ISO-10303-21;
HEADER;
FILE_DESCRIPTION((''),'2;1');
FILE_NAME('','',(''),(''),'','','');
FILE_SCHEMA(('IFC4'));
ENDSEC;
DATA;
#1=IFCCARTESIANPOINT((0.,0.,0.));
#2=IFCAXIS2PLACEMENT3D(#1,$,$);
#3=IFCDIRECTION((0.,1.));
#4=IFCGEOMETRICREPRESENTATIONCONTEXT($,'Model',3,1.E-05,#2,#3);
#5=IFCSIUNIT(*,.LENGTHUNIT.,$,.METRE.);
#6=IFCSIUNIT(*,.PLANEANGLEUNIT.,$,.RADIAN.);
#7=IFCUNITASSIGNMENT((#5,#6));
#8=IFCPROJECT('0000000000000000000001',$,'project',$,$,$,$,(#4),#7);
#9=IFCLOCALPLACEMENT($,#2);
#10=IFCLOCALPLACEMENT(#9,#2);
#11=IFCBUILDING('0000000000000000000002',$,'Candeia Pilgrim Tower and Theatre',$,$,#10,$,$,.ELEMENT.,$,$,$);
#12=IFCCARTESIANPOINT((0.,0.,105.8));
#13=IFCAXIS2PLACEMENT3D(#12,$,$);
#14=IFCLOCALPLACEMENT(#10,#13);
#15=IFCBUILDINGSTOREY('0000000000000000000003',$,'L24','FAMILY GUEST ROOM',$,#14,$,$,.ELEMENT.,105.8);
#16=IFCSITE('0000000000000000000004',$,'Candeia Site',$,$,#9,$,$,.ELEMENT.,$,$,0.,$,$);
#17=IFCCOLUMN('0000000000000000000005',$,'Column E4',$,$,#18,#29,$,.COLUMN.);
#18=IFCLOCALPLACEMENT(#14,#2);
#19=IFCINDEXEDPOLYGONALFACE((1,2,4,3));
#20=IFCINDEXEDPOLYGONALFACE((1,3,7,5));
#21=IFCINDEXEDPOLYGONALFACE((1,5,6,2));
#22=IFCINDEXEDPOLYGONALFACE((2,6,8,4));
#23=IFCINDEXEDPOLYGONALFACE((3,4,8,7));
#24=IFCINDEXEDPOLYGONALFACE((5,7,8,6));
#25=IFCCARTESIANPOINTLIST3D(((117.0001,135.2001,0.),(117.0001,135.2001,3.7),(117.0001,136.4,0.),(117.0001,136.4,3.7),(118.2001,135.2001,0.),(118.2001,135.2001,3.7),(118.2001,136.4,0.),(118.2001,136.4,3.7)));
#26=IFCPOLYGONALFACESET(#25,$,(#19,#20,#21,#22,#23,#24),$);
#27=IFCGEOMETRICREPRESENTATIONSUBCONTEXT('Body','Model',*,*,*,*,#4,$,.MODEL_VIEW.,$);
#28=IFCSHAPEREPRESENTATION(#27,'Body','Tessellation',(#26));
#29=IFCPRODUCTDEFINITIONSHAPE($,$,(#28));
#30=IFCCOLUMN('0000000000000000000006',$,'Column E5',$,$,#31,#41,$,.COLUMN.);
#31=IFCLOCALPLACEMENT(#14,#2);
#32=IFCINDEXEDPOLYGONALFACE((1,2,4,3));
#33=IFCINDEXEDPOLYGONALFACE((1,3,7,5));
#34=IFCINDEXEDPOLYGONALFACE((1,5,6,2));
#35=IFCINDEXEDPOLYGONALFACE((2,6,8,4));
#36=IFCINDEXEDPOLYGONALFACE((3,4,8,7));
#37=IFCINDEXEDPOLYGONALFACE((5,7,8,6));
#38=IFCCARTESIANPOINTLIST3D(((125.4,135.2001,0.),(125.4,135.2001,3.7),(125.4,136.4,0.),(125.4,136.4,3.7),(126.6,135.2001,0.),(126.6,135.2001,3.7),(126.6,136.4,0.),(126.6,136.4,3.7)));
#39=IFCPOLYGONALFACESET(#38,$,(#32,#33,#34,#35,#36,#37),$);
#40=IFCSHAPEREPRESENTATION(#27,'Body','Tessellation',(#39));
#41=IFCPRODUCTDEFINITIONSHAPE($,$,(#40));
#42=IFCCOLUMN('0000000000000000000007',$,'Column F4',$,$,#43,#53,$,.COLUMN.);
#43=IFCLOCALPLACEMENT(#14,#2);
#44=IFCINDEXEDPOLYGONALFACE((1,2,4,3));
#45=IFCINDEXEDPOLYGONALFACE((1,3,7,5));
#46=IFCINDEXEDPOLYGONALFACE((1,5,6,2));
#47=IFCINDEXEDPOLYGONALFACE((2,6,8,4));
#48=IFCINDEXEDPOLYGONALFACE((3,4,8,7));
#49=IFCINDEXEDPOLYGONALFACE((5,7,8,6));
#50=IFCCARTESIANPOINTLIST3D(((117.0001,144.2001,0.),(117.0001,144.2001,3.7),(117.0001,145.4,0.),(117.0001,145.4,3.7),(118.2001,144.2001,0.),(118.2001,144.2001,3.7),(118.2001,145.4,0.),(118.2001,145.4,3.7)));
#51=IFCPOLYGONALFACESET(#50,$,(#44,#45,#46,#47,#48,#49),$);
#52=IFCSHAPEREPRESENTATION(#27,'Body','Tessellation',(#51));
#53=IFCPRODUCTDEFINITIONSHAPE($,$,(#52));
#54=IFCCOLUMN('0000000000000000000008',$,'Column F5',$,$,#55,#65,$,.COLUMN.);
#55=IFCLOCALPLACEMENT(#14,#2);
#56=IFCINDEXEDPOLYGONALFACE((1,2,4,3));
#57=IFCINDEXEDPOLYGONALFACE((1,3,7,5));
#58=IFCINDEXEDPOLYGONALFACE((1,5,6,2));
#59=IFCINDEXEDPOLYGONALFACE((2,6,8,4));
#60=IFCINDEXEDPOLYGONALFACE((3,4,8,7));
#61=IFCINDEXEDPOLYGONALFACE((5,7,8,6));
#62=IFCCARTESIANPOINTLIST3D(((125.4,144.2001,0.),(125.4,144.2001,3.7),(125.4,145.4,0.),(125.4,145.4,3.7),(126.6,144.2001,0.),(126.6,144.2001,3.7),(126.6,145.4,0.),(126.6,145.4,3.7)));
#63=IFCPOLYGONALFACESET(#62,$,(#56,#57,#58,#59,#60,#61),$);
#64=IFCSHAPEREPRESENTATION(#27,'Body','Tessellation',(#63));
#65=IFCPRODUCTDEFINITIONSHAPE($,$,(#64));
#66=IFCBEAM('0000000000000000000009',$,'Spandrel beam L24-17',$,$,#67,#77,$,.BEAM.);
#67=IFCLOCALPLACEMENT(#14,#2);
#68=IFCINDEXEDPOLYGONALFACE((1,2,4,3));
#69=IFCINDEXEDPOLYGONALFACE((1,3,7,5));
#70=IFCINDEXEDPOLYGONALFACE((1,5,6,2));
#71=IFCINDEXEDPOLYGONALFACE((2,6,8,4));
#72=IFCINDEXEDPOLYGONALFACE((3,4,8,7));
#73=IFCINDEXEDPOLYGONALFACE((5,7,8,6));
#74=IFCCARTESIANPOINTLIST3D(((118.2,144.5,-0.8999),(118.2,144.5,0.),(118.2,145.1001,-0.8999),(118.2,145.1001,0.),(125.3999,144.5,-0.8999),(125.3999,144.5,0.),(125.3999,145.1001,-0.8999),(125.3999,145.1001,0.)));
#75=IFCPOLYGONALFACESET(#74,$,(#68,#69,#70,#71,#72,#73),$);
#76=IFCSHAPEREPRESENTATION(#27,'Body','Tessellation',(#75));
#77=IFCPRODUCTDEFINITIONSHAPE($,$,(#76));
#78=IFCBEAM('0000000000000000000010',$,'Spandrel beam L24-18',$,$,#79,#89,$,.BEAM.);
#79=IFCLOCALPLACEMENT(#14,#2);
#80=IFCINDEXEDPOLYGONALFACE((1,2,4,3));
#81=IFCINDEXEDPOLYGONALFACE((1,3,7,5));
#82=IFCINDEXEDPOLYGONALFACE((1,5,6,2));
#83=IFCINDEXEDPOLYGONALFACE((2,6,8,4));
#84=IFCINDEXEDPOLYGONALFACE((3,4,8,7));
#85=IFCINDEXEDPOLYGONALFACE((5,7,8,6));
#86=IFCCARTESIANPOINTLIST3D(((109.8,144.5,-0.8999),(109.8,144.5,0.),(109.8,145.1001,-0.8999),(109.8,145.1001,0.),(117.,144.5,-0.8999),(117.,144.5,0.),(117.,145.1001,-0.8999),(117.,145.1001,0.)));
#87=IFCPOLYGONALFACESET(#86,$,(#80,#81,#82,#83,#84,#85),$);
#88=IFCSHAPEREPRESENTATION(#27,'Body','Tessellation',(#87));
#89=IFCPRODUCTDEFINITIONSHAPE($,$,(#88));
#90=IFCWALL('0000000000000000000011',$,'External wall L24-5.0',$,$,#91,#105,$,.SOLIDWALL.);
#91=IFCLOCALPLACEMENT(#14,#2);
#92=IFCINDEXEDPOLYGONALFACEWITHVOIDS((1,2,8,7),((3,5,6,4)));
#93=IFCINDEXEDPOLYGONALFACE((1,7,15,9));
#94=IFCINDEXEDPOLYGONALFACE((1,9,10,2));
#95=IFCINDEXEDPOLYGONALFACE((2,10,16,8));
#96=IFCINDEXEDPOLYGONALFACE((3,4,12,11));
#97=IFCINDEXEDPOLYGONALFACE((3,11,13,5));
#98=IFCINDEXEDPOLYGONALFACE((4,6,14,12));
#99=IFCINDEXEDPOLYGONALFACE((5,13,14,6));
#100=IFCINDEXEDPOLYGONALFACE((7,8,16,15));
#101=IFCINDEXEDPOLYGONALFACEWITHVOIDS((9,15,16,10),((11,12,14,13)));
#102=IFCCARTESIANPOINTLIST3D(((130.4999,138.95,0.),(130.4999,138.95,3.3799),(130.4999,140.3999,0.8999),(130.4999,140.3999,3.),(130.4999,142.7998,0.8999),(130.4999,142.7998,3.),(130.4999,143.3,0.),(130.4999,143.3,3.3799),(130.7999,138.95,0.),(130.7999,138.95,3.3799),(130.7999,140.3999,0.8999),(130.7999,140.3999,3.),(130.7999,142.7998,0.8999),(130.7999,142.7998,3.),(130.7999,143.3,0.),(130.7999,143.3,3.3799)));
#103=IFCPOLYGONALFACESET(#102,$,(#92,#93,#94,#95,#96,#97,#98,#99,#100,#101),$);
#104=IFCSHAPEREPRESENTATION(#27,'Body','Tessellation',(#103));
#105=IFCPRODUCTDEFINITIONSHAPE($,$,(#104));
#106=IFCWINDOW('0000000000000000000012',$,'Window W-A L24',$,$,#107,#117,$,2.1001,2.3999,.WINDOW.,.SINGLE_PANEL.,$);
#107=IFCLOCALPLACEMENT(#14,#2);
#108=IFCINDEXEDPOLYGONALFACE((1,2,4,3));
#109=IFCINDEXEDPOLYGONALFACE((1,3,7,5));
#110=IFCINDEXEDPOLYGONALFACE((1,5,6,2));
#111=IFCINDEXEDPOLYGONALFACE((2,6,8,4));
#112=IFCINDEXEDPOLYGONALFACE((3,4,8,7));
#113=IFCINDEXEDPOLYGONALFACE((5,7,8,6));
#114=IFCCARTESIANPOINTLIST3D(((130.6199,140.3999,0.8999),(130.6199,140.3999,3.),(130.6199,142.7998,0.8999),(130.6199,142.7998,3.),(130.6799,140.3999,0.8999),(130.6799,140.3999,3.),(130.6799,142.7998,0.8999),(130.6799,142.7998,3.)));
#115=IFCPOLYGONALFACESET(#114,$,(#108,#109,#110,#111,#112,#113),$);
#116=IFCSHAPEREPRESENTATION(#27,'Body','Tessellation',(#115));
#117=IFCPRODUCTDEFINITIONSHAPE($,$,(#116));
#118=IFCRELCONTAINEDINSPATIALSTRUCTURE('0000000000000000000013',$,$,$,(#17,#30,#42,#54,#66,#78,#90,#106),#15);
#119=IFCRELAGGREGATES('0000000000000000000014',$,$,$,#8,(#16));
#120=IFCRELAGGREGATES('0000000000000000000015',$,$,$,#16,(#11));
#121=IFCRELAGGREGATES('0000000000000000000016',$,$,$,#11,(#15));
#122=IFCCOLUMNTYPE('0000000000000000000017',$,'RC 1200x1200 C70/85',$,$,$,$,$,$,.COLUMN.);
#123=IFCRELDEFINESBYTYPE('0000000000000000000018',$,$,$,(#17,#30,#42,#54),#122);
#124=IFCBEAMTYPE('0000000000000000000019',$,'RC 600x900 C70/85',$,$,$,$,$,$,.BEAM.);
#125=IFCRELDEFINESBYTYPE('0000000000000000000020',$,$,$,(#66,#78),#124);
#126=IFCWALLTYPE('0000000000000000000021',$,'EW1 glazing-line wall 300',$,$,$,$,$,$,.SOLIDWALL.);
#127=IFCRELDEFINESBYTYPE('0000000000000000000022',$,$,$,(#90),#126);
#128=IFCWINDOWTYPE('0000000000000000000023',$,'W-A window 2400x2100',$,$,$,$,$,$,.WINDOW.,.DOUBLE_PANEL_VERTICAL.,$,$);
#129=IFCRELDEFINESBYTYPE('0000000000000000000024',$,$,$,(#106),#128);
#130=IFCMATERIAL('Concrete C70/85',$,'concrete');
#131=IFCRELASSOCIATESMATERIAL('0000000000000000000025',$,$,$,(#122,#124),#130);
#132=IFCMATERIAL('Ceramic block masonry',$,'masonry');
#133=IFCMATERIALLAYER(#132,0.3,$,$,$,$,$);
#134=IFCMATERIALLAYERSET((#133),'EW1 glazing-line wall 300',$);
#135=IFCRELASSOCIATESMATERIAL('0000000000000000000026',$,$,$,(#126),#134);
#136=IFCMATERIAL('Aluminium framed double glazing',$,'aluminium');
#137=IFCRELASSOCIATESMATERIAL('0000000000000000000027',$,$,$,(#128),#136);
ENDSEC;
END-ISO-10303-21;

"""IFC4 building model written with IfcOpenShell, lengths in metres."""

from ifc_helpers import new_model, si_unit, direction, frame, frame_2d, origin, origin_2d, place, context, subcontext, project, spatial, rectangle, extrude, material, layer, layer_set, material_profile, profile_set, type_object, element, fill, save


model = new_model("IFC4")

# Units and contexts
model_context = context("Model", 3, precision=1e-05, world=origin(), true_north=direction((0.0, 1.0)))
body_context = subcontext(model_context, "Body", "Model", "MODEL_VIEW")
ifc_project = project(units=[si_unit("LENGTHUNIT", "METRE"), si_unit("PLANEANGLEUNIT", "RADIAN")], contexts=[model_context])

# Site, building, storey
site_placement = place(None, origin())
site = spatial("IfcSite", under=ifc_project, at=site_placement, Name="Candeia Site", CompositionType="ELEMENT", RefElevation=0.0)
building_placement = place(site_placement, origin())
building = spatial("IfcBuilding", under=site, at=building_placement, Name="Candeia Pilgrim Tower and Theatre", CompositionType="ELEMENT")
storey_placement = place(building_placement, frame((0.0, 0.0, 105.8)))
storey = spatial("IfcBuildingStorey", under=building, at=storey_placement, Name="L24", Description="FAMILY GUEST ROOM", CompositionType="ELEMENT", Elevation=105.8)

# Columns
ifc_material_1 = material(Name="Concrete C70/85", Category="concrete")
ifc_material_profile_1 = material_profile(ifc_material_1, rectangle(XDim=1.2, YDim=1.2, at=origin_2d()))
ifc_profile_set_1 = profile_set([ifc_material_profile_1], Name="Concrete C70/85")
column_type = type_object("IfcColumnType", Name="RC 1200x1200 C70/85", PredefinedType="COLUMN", material=ifc_profile_set_1)
for number, where, z_axis, x_axis, name in (
    (1, (117.6001, 135.8, 0.0), (0.0, 0.0, 1.0), (1.0, 0.0, 0.0), "Column E4"),
    (2, (126.0, 135.8, 0.0), (0.0, 0.0, 1.0), (1.0, 0.0, 0.0), "Column E5"),
    (3, (117.6001, 144.8, 0.0), (0.0, 0.0, 1.0), (1.0, 0.0, 0.0), "Column F4"),
    (4, (126.0, 144.8, 0.0), (0.0, 0.0, 1.0), (1.0, 0.0, 0.0), "Column F5"),
):
    element("IfcColumn", number, at=place(storey_placement, frame(where, z_axis=z_axis, x_axis=x_axis)), inside=storey, type_object=column_type, Name=name, PredefinedType="COLUMN", context=body_context, shape_type="SweptSolid", body=[
        extrude(rectangle(XDim=1.2, YDim=1.2, at=origin_2d()), origin(), (0.0, 0.0, 1.0), 3.7),
    ])

# Beams
ifc_material_profile_2 = material_profile(ifc_material_1, rectangle(XDim=0.6001, YDim=0.8999, at=origin_2d()))
ifc_profile_set_2 = profile_set([ifc_material_profile_2], Name="Concrete C70/85")
beam_type = type_object("IfcBeamType", Name="RC 600x900 C70/85", PredefinedType="BEAM", material=ifc_profile_set_2)
for number, where, z_axis, x_axis, name in (
    (5, (125.3999, 144.8, -0.45), (-1.0, 0.0, 0.0), (0.0, -1.0, 0.0), "Spandrel beam L24-17"),
    (6, (117.0, 144.8, -0.45), (-1.0, 0.0, 0.0), (0.0, -1.0, 0.0), "Spandrel beam L24-18"),
):
    element("IfcBeam", number, at=place(storey_placement, frame(where, z_axis=z_axis, x_axis=x_axis)), inside=storey, type_object=beam_type, Name=name, PredefinedType="BEAM", context=body_context, shape_type="SweptSolid", body=[
        extrude(rectangle(XDim=0.6001, YDim=0.8999, at=origin_2d()), origin(), (0.0, 0.0, 1.0), 7.2),
    ])

# Wall, opening, window
ifc_material_2 = material(Name="Ceramic block masonry", Category="masonry")
ifc_layer_1 = layer(ifc_material_2, 0.3)
ifc_layer_set_1 = layer_set([ifc_layer_1], Name="EW1 glazing-line wall 300")
wall_type_1 = type_object("IfcWallType", Name="EW1 glazing-line wall 300", PredefinedType="SOLIDWALL", material=ifc_layer_set_1)
wall_1_placement = place(storey_placement, frame((130.6499, 138.95, 0.0), z_axis=(0.0, 0.0, 1.0), x_axis=(0.0, 1.0, 0.0)))
wall_1 = element("IfcWall", 7, at=wall_1_placement, inside=storey, type_object=wall_type_1, Name="External wall L24-5.0", PredefinedType="SOLIDWALL", context=body_context, shape_type="SweptSolid", body=[
    extrude(rectangle(XDim=4.3501, YDim=0.3, at=frame_2d((2.175, 0.0))), origin(), (0.0, 0.0, 1.0), 3.3799),
])
opening_1_placement = place(wall_1_placement, frame((1.45, 0.0, 0.8999)))
opening_1 = element("IfcOpeningElement", 8, at=opening_1_placement, cuts=wall_1, PredefinedType="OPENING", context=body_context, shape_type="SweptSolid", body=[
    extrude(rectangle(XDim=2.3999, YDim=2.1001, at=frame_2d((1.2, 1.05))), frame((0.0, 0.1602, 0.0), z_axis=(0.0, -1.0, 0.0), x_axis=(1.0, 0.0, 0.0)), (0.0, 0.0, 1.0), 0.3201),
])
ifc_material_3 = material(Name="Aluminium framed double glazing", Category="aluminium")
window_type_1 = type_object("IfcWindowType", Name="W-A window 2400x2100", PartitioningType="DOUBLE_PANEL_VERTICAL", PredefinedType="WINDOW", material=ifc_material_3)
window_1_placement = place(opening_1_placement, origin())
window_1 = element("IfcWindow", 9, at=window_1_placement, inside=storey, type_object=window_type_1, Name="Window W-A L24", OverallHeight=2.1001, OverallWidth=2.3999, PartitioningType="SINGLE_PANEL", PredefinedType="WINDOW", context=body_context, shape_type="SweptSolid", body=[
    extrude(rectangle(XDim=2.3999, YDim=2.1001, at=frame_2d((1.2, 1.05))), frame((0.0, 0.03, 0.0), z_axis=(0.0, -1.0, 0.0), x_axis=(1.0, 0.0, 0.0)), (0.0, 0.0, 1.0), 0.0601),
])
fill(opening_1, window_1)

save(model, "model.ifc")
